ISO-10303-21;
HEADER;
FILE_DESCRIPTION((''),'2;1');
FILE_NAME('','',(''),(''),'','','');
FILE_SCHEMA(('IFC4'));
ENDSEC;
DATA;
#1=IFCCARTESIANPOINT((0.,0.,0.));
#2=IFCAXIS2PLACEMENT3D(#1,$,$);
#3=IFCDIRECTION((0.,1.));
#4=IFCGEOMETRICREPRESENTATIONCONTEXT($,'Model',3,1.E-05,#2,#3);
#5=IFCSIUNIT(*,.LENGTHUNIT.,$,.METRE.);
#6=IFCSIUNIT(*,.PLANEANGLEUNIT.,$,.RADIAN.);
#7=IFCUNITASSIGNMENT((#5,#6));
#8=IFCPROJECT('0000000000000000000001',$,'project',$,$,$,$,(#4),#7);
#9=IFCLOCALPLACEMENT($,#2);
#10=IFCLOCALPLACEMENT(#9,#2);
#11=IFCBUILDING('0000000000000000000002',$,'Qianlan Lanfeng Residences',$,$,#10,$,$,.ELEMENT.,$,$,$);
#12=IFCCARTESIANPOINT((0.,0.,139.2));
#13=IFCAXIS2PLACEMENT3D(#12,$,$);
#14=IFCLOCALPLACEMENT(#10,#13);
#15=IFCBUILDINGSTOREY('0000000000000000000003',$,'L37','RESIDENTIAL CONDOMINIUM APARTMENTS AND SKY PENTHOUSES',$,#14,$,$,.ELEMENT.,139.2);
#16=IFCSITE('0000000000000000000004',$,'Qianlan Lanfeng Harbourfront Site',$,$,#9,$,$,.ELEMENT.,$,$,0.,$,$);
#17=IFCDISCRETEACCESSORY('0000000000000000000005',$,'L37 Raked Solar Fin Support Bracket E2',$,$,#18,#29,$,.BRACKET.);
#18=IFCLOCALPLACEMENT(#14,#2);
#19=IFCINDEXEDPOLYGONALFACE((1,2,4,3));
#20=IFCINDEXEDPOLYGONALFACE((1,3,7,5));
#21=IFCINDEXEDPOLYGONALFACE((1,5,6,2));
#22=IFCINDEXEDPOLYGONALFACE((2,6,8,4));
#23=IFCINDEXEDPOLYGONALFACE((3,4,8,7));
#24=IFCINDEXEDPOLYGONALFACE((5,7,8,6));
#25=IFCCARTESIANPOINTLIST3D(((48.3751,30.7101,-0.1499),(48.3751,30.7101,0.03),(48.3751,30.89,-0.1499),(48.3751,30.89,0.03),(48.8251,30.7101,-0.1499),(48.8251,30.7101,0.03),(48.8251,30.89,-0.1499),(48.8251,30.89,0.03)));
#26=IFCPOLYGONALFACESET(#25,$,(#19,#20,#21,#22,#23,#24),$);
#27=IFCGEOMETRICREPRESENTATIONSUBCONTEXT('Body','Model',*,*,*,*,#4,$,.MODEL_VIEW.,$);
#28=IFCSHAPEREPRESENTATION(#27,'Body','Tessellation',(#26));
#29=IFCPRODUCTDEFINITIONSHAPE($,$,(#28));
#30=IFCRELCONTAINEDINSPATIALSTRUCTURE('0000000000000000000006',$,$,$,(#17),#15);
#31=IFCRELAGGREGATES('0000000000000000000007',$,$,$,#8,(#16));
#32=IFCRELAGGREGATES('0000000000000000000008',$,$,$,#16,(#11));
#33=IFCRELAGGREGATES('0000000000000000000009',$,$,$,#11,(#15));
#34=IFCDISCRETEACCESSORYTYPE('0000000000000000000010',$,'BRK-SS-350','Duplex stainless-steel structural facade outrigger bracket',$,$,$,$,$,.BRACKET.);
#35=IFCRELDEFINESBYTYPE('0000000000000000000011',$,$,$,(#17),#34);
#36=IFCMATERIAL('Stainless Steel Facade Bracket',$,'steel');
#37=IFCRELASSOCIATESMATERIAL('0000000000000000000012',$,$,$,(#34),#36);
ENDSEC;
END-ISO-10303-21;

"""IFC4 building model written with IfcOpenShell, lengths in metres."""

from ifc_helpers import new_model, si_unit, direction, frame, origin, origin_2d, place, context, subcontext, project, spatial, rectangle, extrude, source, transform, mapped, material, type_object, element, save


model = new_model("IFC4")

# Units and contexts
model_context = context("Model", 3, precision=1e-05, world=origin(), true_north=direction((0.0, 1.0)))
body_context = subcontext(model_context, "Body", "Model", "MODEL_VIEW")
ifc_project = project(units=[si_unit("LENGTHUNIT", "METRE"), si_unit("PLANEANGLEUNIT", "RADIAN")], contexts=[model_context])

# Site, building, storey
site_placement = place(None, origin())
site = spatial("IfcSite", under=ifc_project, at=site_placement, Name="Qianlan Lanfeng Harbourfront Site", CompositionType="ELEMENT", RefElevation=0.0)
building_placement = place(site_placement, origin())
building = spatial("IfcBuilding", under=site, at=building_placement, Name="Qianlan Lanfeng Residences", CompositionType="ELEMENT")
storey_placement = place(building_placement, frame((0.0, 0.0, 139.2)))
storey = spatial("IfcBuildingStorey", under=building, at=storey_placement, Name="L37", Description="RESIDENTIAL CONDOMINIUM APARTMENTS AND SKY PENTHOUSES", CompositionType="ELEMENT", Elevation=139.2)

# Discrete accessory
ifc_material_1 = material(Name="Stainless Steel Facade Bracket", Category="steel")
discrete_accessory_type = type_object("IfcDiscreteAccessoryType", Name="BRK-SS-350", Description="Duplex stainless-steel structural facade outrigger bracket", PredefinedType="BRACKET", material=ifc_material_1)
shared_shape_1 = source(origin(), body_context, "Body", "SweptSolid", [
    extrude(rectangle(XDim=0.45, YDim=0.1799, at=origin_2d()), origin(), (0.0, 0.0, 1.0), 0.1799),
])
discrete_accessory_placement = place(storey_placement, frame((48.6001, 30.8, -0.1499), z_axis=(0.0, 0.0, 1.0), x_axis=(1.0, 0.0, 0.0)))
element("IfcDiscreteAccessory", 1, at=discrete_accessory_placement, inside=storey, type_object=discrete_accessory_type, Name="L37 Raked Solar Fin Support Bracket E2", PredefinedType="BRACKET", context=body_context, shape_type="MappedRepresentation", body=[
    mapped(shared_shape_1, transform((0.0, 0.0, 0.0), scale=1.0)),
])

save(model, "model.ifc")
